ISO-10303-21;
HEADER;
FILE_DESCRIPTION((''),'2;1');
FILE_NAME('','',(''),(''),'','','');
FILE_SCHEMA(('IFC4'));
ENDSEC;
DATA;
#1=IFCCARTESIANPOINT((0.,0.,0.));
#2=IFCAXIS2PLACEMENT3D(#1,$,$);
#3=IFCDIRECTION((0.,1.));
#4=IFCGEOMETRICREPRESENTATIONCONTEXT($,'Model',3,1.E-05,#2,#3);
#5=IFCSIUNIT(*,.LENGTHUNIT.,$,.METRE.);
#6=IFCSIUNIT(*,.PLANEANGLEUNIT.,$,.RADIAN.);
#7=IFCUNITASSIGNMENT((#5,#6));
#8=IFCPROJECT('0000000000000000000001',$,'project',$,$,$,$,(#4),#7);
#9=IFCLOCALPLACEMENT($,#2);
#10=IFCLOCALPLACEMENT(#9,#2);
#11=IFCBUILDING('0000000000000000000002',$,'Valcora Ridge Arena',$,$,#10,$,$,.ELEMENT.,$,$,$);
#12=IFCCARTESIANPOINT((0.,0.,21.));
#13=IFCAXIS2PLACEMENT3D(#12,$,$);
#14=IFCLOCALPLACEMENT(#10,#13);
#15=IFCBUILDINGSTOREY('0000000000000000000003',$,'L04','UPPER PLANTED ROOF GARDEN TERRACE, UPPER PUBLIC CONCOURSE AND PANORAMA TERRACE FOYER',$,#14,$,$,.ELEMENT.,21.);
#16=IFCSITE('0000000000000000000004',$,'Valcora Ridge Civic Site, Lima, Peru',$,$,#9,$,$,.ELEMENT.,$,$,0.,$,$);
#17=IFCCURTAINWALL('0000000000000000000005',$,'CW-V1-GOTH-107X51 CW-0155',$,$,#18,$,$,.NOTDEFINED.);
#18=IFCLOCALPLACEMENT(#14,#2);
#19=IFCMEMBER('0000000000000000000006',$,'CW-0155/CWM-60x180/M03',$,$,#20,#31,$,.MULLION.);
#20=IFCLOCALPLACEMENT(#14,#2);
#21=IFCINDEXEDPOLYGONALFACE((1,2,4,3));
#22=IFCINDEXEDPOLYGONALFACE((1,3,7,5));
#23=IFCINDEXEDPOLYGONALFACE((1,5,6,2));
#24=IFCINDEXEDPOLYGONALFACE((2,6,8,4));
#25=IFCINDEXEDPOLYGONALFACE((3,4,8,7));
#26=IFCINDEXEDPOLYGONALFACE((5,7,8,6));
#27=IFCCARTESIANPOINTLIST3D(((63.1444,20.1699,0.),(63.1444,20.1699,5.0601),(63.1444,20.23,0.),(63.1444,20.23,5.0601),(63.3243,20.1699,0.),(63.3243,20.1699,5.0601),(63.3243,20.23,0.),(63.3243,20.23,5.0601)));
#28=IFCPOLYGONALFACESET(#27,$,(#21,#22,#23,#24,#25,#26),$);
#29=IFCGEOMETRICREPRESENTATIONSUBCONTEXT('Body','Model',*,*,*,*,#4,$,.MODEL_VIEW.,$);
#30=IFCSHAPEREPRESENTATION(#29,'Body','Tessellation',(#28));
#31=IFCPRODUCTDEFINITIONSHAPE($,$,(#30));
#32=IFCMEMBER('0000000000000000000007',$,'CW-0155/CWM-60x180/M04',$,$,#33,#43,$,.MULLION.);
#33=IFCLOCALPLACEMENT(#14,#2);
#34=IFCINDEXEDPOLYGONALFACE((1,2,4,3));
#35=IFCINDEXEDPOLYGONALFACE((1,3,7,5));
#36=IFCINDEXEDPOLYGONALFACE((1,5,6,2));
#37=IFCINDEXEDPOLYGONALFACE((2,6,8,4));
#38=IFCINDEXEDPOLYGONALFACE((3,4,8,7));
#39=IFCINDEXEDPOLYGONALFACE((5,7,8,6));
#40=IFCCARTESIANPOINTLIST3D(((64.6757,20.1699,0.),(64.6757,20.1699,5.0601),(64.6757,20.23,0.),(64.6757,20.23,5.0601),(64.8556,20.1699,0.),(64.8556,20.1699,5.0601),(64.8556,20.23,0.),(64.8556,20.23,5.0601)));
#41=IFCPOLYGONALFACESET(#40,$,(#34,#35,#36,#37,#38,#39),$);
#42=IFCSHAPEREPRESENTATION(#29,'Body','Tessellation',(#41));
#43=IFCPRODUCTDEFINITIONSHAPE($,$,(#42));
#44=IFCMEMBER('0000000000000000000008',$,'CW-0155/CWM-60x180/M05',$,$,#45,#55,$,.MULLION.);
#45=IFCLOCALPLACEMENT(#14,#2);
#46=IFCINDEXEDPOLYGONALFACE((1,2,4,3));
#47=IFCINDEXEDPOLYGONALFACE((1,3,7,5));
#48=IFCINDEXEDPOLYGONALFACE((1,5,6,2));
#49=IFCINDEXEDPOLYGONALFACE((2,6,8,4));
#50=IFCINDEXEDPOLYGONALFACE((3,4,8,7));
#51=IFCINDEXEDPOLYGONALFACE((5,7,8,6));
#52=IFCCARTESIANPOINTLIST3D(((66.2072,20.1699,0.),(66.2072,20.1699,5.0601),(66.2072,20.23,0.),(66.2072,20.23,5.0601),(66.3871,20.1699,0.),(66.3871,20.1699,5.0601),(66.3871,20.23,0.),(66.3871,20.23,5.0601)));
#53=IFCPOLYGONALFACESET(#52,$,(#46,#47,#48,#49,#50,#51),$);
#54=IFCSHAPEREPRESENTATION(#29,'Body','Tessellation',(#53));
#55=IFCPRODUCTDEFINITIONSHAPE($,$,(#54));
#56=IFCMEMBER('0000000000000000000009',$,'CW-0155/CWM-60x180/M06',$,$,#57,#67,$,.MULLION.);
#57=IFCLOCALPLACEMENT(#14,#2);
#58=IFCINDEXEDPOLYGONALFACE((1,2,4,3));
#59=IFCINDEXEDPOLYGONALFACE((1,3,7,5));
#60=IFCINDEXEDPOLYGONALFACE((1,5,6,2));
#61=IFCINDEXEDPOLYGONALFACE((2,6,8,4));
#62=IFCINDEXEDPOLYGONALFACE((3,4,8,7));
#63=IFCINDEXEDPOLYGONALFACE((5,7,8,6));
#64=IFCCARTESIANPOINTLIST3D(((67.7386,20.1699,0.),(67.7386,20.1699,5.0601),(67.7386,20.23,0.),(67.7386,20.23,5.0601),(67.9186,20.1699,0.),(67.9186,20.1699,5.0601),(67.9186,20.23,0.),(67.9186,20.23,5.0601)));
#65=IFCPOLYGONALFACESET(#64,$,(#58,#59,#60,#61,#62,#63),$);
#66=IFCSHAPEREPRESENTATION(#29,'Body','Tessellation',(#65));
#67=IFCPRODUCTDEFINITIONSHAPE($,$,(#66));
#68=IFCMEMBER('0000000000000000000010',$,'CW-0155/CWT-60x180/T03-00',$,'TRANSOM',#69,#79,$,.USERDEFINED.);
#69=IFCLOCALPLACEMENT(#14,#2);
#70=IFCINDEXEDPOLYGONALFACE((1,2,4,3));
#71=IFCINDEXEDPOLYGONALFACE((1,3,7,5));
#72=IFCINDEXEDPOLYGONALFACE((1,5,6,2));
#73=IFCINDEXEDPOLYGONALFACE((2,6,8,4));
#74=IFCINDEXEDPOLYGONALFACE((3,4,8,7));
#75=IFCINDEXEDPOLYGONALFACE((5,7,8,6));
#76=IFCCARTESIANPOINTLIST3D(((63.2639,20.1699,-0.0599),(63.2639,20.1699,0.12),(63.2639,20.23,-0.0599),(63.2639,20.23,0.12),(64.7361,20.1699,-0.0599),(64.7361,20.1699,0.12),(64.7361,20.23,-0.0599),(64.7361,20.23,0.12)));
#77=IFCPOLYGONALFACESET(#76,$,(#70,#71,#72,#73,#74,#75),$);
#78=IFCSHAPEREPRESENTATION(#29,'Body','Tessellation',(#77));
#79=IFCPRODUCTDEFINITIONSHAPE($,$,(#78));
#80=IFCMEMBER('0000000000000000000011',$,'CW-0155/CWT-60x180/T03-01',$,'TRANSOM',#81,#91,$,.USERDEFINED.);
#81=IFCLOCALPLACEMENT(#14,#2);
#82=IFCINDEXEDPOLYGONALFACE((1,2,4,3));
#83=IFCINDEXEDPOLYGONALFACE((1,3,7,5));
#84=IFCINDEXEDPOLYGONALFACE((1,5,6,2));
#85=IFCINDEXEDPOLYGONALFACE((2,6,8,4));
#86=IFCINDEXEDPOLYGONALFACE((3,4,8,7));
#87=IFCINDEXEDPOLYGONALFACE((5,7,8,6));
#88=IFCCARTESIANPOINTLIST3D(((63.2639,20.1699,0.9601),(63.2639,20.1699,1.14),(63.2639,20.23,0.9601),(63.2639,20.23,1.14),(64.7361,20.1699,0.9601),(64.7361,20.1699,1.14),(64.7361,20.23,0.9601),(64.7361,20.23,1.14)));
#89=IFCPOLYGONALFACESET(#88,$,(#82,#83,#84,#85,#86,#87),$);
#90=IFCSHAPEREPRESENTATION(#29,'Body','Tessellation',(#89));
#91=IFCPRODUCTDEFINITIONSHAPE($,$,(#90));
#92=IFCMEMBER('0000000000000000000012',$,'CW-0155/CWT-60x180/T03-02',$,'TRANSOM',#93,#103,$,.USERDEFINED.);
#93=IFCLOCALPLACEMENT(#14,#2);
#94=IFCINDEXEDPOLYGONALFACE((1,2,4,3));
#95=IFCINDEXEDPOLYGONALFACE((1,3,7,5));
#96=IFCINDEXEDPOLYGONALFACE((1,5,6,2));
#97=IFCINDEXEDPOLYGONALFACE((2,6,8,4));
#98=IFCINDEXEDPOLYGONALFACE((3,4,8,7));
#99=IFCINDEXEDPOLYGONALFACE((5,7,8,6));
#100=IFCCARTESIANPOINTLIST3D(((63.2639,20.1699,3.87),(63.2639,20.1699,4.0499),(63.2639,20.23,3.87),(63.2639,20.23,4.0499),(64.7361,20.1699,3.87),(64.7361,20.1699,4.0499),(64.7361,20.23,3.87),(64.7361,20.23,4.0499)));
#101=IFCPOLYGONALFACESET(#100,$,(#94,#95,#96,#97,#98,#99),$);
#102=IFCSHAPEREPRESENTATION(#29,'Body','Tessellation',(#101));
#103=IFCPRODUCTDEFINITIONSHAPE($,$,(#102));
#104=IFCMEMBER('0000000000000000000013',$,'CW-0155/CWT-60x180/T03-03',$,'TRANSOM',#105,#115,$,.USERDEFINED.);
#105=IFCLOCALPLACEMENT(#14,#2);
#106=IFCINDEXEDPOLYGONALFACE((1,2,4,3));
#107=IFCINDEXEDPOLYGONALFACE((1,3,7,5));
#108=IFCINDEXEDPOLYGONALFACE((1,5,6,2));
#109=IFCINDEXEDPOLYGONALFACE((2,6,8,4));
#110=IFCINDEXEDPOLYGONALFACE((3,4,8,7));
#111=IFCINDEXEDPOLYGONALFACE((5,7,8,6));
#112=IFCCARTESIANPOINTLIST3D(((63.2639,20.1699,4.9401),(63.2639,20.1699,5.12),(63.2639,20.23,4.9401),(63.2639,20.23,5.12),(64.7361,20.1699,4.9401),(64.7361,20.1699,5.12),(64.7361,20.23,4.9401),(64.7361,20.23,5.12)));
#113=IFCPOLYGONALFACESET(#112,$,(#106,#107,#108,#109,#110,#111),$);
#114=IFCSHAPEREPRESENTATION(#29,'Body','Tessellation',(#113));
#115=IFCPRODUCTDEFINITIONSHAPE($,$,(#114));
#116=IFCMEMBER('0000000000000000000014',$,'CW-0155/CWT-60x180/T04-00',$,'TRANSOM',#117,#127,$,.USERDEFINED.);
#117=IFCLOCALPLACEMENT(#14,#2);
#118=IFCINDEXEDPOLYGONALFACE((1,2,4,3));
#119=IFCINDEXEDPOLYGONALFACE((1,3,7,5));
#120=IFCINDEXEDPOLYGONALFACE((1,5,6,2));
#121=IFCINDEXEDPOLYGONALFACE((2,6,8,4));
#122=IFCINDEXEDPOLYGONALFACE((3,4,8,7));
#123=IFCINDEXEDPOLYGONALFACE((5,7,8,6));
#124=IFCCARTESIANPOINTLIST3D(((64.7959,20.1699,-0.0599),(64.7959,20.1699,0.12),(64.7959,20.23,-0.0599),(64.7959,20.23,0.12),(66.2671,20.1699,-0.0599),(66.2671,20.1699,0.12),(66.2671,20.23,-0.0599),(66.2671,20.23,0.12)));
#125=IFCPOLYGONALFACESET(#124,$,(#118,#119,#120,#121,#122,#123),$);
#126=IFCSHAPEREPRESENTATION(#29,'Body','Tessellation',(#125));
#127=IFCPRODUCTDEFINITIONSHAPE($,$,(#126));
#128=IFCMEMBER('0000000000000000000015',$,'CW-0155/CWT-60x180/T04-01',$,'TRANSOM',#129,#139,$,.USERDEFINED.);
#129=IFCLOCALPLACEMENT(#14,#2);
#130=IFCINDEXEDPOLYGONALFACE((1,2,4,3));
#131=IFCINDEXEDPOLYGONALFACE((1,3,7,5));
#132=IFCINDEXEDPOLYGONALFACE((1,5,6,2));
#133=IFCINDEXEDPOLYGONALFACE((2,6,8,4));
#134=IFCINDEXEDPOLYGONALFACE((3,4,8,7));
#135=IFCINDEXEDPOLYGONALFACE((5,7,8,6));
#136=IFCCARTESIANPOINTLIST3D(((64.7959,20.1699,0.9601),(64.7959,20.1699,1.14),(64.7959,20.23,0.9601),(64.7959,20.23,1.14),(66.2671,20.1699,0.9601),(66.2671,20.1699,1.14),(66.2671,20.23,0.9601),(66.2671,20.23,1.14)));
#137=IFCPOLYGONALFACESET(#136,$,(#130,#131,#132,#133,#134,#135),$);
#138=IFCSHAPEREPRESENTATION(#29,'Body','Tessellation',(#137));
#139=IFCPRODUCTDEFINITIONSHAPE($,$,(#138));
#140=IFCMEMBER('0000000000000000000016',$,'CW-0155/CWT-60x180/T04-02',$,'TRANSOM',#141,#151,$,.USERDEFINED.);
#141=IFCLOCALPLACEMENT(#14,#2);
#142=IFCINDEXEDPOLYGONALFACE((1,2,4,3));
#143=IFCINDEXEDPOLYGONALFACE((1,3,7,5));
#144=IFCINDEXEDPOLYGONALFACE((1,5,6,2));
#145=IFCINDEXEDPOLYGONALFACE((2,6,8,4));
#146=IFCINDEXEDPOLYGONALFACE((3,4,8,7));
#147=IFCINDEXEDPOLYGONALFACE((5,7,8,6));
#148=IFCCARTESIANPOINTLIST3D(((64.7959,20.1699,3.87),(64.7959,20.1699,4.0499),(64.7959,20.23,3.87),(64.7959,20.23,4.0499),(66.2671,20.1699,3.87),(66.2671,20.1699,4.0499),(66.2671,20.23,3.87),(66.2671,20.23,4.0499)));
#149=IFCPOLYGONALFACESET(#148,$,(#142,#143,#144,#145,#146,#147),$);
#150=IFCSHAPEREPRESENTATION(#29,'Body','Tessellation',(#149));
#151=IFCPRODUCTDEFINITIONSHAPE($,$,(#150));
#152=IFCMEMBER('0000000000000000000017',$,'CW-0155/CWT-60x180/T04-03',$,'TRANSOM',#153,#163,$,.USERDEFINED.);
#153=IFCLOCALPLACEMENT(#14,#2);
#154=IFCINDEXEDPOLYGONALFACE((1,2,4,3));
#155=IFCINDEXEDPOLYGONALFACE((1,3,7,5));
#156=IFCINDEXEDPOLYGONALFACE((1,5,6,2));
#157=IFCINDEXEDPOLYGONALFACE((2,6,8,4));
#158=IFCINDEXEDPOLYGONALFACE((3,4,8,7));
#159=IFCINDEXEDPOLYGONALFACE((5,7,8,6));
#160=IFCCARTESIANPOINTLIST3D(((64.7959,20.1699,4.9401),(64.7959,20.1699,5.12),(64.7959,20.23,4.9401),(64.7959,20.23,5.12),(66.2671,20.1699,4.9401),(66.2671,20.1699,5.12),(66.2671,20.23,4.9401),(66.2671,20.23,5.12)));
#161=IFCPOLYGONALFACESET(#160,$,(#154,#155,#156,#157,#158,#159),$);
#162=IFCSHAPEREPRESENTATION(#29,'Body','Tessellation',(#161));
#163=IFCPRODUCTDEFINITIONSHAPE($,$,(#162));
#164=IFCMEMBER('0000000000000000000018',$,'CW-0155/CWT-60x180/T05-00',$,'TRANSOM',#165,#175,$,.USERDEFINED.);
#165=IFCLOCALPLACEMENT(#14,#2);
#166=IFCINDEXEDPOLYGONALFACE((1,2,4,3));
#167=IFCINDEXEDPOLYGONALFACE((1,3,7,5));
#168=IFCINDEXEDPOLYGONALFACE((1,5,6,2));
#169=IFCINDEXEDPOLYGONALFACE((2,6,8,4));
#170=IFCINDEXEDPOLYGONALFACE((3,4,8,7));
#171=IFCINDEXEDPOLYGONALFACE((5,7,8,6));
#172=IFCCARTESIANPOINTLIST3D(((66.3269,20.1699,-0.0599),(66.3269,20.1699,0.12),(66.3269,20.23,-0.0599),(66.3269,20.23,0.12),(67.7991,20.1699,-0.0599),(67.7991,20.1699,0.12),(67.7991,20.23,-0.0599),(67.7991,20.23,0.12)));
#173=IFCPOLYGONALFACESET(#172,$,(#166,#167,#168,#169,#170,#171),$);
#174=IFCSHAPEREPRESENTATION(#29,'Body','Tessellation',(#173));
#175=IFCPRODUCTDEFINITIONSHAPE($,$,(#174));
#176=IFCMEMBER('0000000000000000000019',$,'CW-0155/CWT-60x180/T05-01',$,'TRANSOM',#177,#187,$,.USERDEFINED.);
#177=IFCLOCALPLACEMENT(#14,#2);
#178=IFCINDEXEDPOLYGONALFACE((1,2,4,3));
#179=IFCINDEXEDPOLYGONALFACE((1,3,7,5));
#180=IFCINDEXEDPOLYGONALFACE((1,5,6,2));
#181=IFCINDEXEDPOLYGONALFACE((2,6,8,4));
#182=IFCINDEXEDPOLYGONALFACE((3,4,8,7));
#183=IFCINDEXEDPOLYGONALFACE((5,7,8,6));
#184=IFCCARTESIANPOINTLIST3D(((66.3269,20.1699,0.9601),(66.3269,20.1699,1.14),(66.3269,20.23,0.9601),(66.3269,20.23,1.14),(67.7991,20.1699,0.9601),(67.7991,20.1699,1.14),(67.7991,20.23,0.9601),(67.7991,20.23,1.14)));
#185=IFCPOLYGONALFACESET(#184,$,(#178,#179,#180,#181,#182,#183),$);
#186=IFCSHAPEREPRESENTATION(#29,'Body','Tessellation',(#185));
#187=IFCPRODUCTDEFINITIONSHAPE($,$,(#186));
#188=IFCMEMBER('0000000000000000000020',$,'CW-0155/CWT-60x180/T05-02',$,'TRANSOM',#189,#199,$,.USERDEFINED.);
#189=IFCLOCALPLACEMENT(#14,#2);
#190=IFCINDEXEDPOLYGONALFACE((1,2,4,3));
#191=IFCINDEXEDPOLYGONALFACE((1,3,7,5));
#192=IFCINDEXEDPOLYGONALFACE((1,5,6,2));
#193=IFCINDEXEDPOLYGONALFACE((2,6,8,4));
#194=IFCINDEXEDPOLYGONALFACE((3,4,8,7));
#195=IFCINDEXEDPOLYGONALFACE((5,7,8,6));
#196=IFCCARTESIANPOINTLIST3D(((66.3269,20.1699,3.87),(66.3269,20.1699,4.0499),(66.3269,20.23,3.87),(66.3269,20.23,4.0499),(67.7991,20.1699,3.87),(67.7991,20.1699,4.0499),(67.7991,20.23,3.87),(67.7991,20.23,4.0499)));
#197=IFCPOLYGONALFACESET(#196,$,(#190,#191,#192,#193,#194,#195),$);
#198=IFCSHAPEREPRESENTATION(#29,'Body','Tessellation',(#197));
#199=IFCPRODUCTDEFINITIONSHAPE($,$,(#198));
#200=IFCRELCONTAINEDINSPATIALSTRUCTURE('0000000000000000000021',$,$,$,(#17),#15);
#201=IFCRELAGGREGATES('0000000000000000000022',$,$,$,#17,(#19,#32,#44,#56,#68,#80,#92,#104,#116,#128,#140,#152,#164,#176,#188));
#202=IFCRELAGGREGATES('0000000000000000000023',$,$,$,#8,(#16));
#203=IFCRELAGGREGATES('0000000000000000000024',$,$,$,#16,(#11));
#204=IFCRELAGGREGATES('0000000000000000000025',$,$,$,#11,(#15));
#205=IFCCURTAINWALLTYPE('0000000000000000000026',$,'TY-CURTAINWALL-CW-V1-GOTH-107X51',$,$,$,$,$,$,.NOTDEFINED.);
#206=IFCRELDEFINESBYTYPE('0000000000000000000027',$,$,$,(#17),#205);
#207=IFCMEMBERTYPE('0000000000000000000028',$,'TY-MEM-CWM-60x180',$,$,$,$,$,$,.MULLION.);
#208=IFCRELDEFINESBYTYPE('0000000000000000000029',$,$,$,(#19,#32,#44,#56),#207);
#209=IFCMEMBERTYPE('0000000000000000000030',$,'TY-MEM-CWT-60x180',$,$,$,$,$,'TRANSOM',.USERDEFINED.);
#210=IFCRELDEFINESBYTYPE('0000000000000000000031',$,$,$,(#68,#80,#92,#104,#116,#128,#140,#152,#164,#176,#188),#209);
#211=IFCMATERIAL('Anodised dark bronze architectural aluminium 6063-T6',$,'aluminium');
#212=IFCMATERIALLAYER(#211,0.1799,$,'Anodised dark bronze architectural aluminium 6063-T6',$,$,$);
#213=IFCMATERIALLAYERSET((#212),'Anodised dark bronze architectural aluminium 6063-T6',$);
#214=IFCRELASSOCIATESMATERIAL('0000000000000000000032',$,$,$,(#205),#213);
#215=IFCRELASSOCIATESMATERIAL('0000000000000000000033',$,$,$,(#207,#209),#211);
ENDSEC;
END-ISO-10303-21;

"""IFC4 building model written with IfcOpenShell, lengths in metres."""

from ifc_helpers import new_model, si_unit, direction, frame, origin, origin_2d, place, context, subcontext, project, spatial, rectangle, extrude, material, layer, layer_set, material_profile, profile_set, type_object, element, aggregate, save


model = new_model("IFC4")

# Units and contexts
model_context = context("Model", 3, precision=1e-05, world=origin(), true_north=direction((0.0, 1.0)))
body_context = subcontext(model_context, "Body", "Model", "MODEL_VIEW")
ifc_project = project(units=[si_unit("LENGTHUNIT", "METRE"), si_unit("PLANEANGLEUNIT", "RADIAN")], contexts=[model_context])

# Site, building, storey
site_placement = place(None, origin())
site = spatial("IfcSite", under=ifc_project, at=site_placement, Name="Valcora Ridge Civic Site, Lima, Peru", CompositionType="ELEMENT", RefElevation=0.0)
building_placement = place(site_placement, origin())
building = spatial("IfcBuilding", under=site, at=building_placement, Name="Valcora Ridge Arena", CompositionType="ELEMENT")
storey_placement = place(building_placement, frame((0.0, 0.0, 21.0)))
storey = spatial("IfcBuildingStorey", under=building, at=storey_placement, Name="L04", Description="UPPER PLANTED ROOF GARDEN TERRACE, UPPER PUBLIC CONCOURSE AND PANORAMA TERRACE FOYER", CompositionType="ELEMENT", Elevation=21.0)

# Curtain wall, members
ifc_material_1 = material(Name="Anodised dark bronze architectural aluminium 6063-T6", Category="aluminium")
ifc_layer_1 = layer(ifc_material_1, 0.1799, Name="Anodised dark bronze architectural aluminium 6063-T6")
ifc_layer_set_1 = layer_set([ifc_layer_1], Name="Anodised dark bronze architectural aluminium 6063-T6")
curtain_wall_type = type_object("IfcCurtainWallType", Name="TY-CURTAINWALL-CW-V1-GOTH-107X51", PredefinedType="NOTDEFINED", material=ifc_layer_set_1)
curtain_wall_placement = place(storey_placement, origin())
curtain_wall = element("IfcCurtainWall", 1, at=curtain_wall_placement, inside=storey, type_object=curtain_wall_type, Name="CW-V1-GOTH-107X51 CW-0155", PredefinedType="NOTDEFINED")
ifc_material_profile_1 = material_profile(ifc_material_1, rectangle(XDim=0.0601, YDim=0.1799, at=origin_2d()), Name="ALU MULLION 60x180")
ifc_profile_set_1 = profile_set([ifc_material_profile_1], Name="Anodised dark bronze architectural aluminium 6063-T6")
member_type_1 = type_object("IfcMemberType", Name="TY-MEM-CWM-60x180", PredefinedType="MULLION", material=ifc_profile_set_1)
member_1_placement = place(storey_placement, frame((63.2344, 20.2, 0.0), z_axis=(0.0, 0.0, 1.0), x_axis=(0.0, 1.0, 0.0)))
member_1 = element("IfcMember", 2, at=member_1_placement, type_object=member_type_1, Name="CW-0155/CWM-60x180/M03", PredefinedType="MULLION", context=body_context, shape_type="SweptSolid", body=[
    extrude(rectangle(XDim=0.0601, YDim=0.1799, at=origin_2d()), origin(), (0.0, 0.0, 1.0), 5.0601),
])
member_2_placement = place(storey_placement, frame((64.7656, 20.2, 0.0), z_axis=(0.0, 0.0, 1.0), x_axis=(0.0, 1.0, 0.0)))
member_2 = element("IfcMember", 3, at=member_2_placement, type_object=member_type_1, Name="CW-0155/CWM-60x180/M04", PredefinedType="MULLION", context=body_context, shape_type="SweptSolid", body=[
    extrude(rectangle(XDim=0.0601, YDim=0.1799, at=origin_2d()), origin(), (0.0, 0.0, 1.0), 5.0601),
])
member_3_placement = place(storey_placement, frame((66.2971, 20.2, 0.0), z_axis=(0.0, 0.0, 1.0), x_axis=(0.0, 1.0, 0.0)))
member_3 = element("IfcMember", 4, at=member_3_placement, type_object=member_type_1, Name="CW-0155/CWM-60x180/M05", PredefinedType="MULLION", context=body_context, shape_type="SweptSolid", body=[
    extrude(rectangle(XDim=0.0601, YDim=0.1799, at=origin_2d()), origin(), (0.0, 0.0, 1.0), 5.0601),
])
member_4_placement = place(storey_placement, frame((67.8286, 20.2, 0.0), z_axis=(0.0, 0.0, 1.0), x_axis=(0.0, 1.0, 0.0)))
member_4 = element("IfcMember", 5, at=member_4_placement, type_object=member_type_1, Name="CW-0155/CWM-60x180/M06", PredefinedType="MULLION", context=body_context, shape_type="SweptSolid", body=[
    extrude(rectangle(XDim=0.0601, YDim=0.1799, at=origin_2d()), origin(), (0.0, 0.0, 1.0), 5.0601),
])
ifc_material_profile_2 = material_profile(ifc_material_1, rectangle(XDim=0.0601, YDim=0.1799, at=origin_2d()), Name="ALU TRANSOM 60x180")
ifc_profile_set_2 = profile_set([ifc_material_profile_2], Name="Anodised dark bronze architectural aluminium 6063-T6")
member_type_2 = type_object("IfcMemberType", Name="TY-MEM-CWT-60x180", ElementType="TRANSOM", PredefinedType="USERDEFINED", material=ifc_profile_set_2)
member_5_placement = place(storey_placement, frame((63.2639, 20.2, 0.03), z_axis=(1.0, 0.0, 0.0), x_axis=(0.0, 1.0, 0.0)))
member_5 = element("IfcMember", 6, at=member_5_placement, type_object=member_type_2, Name="CW-0155/CWT-60x180/T03-00", ObjectType="TRANSOM", PredefinedType="USERDEFINED", context=body_context, shape_type="SweptSolid", body=[
    extrude(rectangle(XDim=0.0601, YDim=0.1799, at=origin_2d()), origin(), (0.0, 0.0, 1.0), 1.4722),
])
member_6_placement = place(storey_placement, frame((63.2639, 20.2, 1.05), z_axis=(1.0, 0.0, 0.0), x_axis=(0.0, 1.0, 0.0)))
member_6 = element("IfcMember", 7, at=member_6_placement, type_object=member_type_2, Name="CW-0155/CWT-60x180/T03-01", ObjectType="TRANSOM", PredefinedType="USERDEFINED", context=body_context, shape_type="SweptSolid", body=[
    extrude(rectangle(XDim=0.0601, YDim=0.1799, at=origin_2d()), origin(), (0.0, 0.0, 1.0), 1.4722),
])
member_7_placement = place(storey_placement, frame((63.2639, 20.2, 3.96), z_axis=(1.0, 0.0, 0.0), x_axis=(0.0, 1.0, 0.0)))
member_7 = element("IfcMember", 8, at=member_7_placement, type_object=member_type_2, Name="CW-0155/CWT-60x180/T03-02", ObjectType="TRANSOM", PredefinedType="USERDEFINED", context=body_context, shape_type="SweptSolid", body=[
    extrude(rectangle(XDim=0.0601, YDim=0.1799, at=origin_2d()), origin(), (0.0, 0.0, 1.0), 1.4722),
])
member_8_placement = place(storey_placement, frame((63.2639, 20.2, 5.03), z_axis=(1.0, 0.0, 0.0), x_axis=(0.0, 1.0, 0.0)))
member_8 = element("IfcMember", 9, at=member_8_placement, type_object=member_type_2, Name="CW-0155/CWT-60x180/T03-03", ObjectType="TRANSOM", PredefinedType="USERDEFINED", context=body_context, shape_type="SweptSolid", body=[
    extrude(rectangle(XDim=0.0601, YDim=0.1799, at=origin_2d()), origin(), (0.0, 0.0, 1.0), 1.4722),
])
member_9_placement = place(storey_placement, frame((64.7959, 20.2, 0.03), z_axis=(1.0, 0.0, 0.0), x_axis=(0.0, 1.0, 0.0)))
member_9 = element("IfcMember", 10, at=member_9_placement, type_object=member_type_2, Name="CW-0155/CWT-60x180/T04-00", ObjectType="TRANSOM", PredefinedType="USERDEFINED", context=body_context, shape_type="SweptSolid", body=[
    extrude(rectangle(XDim=0.0601, YDim=0.1799, at=origin_2d()), origin(), (0.0, 0.0, 1.0), 1.4712),
])
member_10_placement = place(storey_placement, frame((64.7959, 20.2, 1.05), z_axis=(1.0, 0.0, 0.0), x_axis=(0.0, 1.0, 0.0)))
member_10 = element("IfcMember", 11, at=member_10_placement, type_object=member_type_2, Name="CW-0155/CWT-60x180/T04-01", ObjectType="TRANSOM", PredefinedType="USERDEFINED", context=body_context, shape_type="SweptSolid", body=[
    extrude(rectangle(XDim=0.0601, YDim=0.1799, at=origin_2d()), origin(), (0.0, 0.0, 1.0), 1.4712),
])
member_11_placement = place(storey_placement, frame((64.7959, 20.2, 3.96), z_axis=(1.0, 0.0, 0.0), x_axis=(0.0, 1.0, 0.0)))
member_11 = element("IfcMember", 12, at=member_11_placement, type_object=member_type_2, Name="CW-0155/CWT-60x180/T04-02", ObjectType="TRANSOM", PredefinedType="USERDEFINED", context=body_context, shape_type="SweptSolid", body=[
    extrude(rectangle(XDim=0.0601, YDim=0.1799, at=origin_2d()), origin(), (0.0, 0.0, 1.0), 1.4712),
])
member_12_placement = place(storey_placement, frame((64.7959, 20.2, 5.03), z_axis=(1.0, 0.0, 0.0), x_axis=(0.0, 1.0, 0.0)))
member_12 = element("IfcMember", 13, at=member_12_placement, type_object=member_type_2, Name="CW-0155/CWT-60x180/T04-03", ObjectType="TRANSOM", PredefinedType="USERDEFINED", context=body_context, shape_type="SweptSolid", body=[
    extrude(rectangle(XDim=0.0601, YDim=0.1799, at=origin_2d()), origin(), (0.0, 0.0, 1.0), 1.4712),
])
member_13_placement = place(storey_placement, frame((66.3269, 20.2, 0.03), z_axis=(1.0, 0.0, 0.0), x_axis=(0.0, 1.0, 0.0)))
member_13 = element("IfcMember", 14, at=member_13_placement, type_object=member_type_2, Name="CW-0155/CWT-60x180/T05-00", ObjectType="TRANSOM", PredefinedType="USERDEFINED", context=body_context, shape_type="SweptSolid", body=[
    extrude(rectangle(XDim=0.0601, YDim=0.1799, at=origin_2d()), origin(), (0.0, 0.0, 1.0), 1.4722),
])
member_14_placement = place(storey_placement, frame((66.3269, 20.2, 1.05), z_axis=(1.0, 0.0, 0.0), x_axis=(0.0, 1.0, 0.0)))
member_14 = element("IfcMember", 15, at=member_14_placement, type_object=member_type_2, Name="CW-0155/CWT-60x180/T05-01", ObjectType="TRANSOM", PredefinedType="USERDEFINED", context=body_context, shape_type="SweptSolid", body=[
    extrude(rectangle(XDim=0.0601, YDim=0.1799, at=origin_2d()), origin(), (0.0, 0.0, 1.0), 1.4722),
])
member_15_placement = place(storey_placement, frame((66.3269, 20.2, 3.96), z_axis=(1.0, 0.0, 0.0), x_axis=(0.0, 1.0, 0.0)))
member_15 = element("IfcMember", 16, at=member_15_placement, type_object=member_type_2, Name="CW-0155/CWT-60x180/T05-02", ObjectType="TRANSOM", PredefinedType="USERDEFINED", context=body_context, shape_type="SweptSolid", body=[
    extrude(rectangle(XDim=0.0601, YDim=0.1799, at=origin_2d()), origin(), (0.0, 0.0, 1.0), 1.4722),
])
aggregate(curtain_wall, [member_1, member_2, member_3, member_4, member_5, member_6, member_7, member_8, member_9, member_10, member_11, member_12, member_13, member_14, member_15])

save(model, "model.ifc")
